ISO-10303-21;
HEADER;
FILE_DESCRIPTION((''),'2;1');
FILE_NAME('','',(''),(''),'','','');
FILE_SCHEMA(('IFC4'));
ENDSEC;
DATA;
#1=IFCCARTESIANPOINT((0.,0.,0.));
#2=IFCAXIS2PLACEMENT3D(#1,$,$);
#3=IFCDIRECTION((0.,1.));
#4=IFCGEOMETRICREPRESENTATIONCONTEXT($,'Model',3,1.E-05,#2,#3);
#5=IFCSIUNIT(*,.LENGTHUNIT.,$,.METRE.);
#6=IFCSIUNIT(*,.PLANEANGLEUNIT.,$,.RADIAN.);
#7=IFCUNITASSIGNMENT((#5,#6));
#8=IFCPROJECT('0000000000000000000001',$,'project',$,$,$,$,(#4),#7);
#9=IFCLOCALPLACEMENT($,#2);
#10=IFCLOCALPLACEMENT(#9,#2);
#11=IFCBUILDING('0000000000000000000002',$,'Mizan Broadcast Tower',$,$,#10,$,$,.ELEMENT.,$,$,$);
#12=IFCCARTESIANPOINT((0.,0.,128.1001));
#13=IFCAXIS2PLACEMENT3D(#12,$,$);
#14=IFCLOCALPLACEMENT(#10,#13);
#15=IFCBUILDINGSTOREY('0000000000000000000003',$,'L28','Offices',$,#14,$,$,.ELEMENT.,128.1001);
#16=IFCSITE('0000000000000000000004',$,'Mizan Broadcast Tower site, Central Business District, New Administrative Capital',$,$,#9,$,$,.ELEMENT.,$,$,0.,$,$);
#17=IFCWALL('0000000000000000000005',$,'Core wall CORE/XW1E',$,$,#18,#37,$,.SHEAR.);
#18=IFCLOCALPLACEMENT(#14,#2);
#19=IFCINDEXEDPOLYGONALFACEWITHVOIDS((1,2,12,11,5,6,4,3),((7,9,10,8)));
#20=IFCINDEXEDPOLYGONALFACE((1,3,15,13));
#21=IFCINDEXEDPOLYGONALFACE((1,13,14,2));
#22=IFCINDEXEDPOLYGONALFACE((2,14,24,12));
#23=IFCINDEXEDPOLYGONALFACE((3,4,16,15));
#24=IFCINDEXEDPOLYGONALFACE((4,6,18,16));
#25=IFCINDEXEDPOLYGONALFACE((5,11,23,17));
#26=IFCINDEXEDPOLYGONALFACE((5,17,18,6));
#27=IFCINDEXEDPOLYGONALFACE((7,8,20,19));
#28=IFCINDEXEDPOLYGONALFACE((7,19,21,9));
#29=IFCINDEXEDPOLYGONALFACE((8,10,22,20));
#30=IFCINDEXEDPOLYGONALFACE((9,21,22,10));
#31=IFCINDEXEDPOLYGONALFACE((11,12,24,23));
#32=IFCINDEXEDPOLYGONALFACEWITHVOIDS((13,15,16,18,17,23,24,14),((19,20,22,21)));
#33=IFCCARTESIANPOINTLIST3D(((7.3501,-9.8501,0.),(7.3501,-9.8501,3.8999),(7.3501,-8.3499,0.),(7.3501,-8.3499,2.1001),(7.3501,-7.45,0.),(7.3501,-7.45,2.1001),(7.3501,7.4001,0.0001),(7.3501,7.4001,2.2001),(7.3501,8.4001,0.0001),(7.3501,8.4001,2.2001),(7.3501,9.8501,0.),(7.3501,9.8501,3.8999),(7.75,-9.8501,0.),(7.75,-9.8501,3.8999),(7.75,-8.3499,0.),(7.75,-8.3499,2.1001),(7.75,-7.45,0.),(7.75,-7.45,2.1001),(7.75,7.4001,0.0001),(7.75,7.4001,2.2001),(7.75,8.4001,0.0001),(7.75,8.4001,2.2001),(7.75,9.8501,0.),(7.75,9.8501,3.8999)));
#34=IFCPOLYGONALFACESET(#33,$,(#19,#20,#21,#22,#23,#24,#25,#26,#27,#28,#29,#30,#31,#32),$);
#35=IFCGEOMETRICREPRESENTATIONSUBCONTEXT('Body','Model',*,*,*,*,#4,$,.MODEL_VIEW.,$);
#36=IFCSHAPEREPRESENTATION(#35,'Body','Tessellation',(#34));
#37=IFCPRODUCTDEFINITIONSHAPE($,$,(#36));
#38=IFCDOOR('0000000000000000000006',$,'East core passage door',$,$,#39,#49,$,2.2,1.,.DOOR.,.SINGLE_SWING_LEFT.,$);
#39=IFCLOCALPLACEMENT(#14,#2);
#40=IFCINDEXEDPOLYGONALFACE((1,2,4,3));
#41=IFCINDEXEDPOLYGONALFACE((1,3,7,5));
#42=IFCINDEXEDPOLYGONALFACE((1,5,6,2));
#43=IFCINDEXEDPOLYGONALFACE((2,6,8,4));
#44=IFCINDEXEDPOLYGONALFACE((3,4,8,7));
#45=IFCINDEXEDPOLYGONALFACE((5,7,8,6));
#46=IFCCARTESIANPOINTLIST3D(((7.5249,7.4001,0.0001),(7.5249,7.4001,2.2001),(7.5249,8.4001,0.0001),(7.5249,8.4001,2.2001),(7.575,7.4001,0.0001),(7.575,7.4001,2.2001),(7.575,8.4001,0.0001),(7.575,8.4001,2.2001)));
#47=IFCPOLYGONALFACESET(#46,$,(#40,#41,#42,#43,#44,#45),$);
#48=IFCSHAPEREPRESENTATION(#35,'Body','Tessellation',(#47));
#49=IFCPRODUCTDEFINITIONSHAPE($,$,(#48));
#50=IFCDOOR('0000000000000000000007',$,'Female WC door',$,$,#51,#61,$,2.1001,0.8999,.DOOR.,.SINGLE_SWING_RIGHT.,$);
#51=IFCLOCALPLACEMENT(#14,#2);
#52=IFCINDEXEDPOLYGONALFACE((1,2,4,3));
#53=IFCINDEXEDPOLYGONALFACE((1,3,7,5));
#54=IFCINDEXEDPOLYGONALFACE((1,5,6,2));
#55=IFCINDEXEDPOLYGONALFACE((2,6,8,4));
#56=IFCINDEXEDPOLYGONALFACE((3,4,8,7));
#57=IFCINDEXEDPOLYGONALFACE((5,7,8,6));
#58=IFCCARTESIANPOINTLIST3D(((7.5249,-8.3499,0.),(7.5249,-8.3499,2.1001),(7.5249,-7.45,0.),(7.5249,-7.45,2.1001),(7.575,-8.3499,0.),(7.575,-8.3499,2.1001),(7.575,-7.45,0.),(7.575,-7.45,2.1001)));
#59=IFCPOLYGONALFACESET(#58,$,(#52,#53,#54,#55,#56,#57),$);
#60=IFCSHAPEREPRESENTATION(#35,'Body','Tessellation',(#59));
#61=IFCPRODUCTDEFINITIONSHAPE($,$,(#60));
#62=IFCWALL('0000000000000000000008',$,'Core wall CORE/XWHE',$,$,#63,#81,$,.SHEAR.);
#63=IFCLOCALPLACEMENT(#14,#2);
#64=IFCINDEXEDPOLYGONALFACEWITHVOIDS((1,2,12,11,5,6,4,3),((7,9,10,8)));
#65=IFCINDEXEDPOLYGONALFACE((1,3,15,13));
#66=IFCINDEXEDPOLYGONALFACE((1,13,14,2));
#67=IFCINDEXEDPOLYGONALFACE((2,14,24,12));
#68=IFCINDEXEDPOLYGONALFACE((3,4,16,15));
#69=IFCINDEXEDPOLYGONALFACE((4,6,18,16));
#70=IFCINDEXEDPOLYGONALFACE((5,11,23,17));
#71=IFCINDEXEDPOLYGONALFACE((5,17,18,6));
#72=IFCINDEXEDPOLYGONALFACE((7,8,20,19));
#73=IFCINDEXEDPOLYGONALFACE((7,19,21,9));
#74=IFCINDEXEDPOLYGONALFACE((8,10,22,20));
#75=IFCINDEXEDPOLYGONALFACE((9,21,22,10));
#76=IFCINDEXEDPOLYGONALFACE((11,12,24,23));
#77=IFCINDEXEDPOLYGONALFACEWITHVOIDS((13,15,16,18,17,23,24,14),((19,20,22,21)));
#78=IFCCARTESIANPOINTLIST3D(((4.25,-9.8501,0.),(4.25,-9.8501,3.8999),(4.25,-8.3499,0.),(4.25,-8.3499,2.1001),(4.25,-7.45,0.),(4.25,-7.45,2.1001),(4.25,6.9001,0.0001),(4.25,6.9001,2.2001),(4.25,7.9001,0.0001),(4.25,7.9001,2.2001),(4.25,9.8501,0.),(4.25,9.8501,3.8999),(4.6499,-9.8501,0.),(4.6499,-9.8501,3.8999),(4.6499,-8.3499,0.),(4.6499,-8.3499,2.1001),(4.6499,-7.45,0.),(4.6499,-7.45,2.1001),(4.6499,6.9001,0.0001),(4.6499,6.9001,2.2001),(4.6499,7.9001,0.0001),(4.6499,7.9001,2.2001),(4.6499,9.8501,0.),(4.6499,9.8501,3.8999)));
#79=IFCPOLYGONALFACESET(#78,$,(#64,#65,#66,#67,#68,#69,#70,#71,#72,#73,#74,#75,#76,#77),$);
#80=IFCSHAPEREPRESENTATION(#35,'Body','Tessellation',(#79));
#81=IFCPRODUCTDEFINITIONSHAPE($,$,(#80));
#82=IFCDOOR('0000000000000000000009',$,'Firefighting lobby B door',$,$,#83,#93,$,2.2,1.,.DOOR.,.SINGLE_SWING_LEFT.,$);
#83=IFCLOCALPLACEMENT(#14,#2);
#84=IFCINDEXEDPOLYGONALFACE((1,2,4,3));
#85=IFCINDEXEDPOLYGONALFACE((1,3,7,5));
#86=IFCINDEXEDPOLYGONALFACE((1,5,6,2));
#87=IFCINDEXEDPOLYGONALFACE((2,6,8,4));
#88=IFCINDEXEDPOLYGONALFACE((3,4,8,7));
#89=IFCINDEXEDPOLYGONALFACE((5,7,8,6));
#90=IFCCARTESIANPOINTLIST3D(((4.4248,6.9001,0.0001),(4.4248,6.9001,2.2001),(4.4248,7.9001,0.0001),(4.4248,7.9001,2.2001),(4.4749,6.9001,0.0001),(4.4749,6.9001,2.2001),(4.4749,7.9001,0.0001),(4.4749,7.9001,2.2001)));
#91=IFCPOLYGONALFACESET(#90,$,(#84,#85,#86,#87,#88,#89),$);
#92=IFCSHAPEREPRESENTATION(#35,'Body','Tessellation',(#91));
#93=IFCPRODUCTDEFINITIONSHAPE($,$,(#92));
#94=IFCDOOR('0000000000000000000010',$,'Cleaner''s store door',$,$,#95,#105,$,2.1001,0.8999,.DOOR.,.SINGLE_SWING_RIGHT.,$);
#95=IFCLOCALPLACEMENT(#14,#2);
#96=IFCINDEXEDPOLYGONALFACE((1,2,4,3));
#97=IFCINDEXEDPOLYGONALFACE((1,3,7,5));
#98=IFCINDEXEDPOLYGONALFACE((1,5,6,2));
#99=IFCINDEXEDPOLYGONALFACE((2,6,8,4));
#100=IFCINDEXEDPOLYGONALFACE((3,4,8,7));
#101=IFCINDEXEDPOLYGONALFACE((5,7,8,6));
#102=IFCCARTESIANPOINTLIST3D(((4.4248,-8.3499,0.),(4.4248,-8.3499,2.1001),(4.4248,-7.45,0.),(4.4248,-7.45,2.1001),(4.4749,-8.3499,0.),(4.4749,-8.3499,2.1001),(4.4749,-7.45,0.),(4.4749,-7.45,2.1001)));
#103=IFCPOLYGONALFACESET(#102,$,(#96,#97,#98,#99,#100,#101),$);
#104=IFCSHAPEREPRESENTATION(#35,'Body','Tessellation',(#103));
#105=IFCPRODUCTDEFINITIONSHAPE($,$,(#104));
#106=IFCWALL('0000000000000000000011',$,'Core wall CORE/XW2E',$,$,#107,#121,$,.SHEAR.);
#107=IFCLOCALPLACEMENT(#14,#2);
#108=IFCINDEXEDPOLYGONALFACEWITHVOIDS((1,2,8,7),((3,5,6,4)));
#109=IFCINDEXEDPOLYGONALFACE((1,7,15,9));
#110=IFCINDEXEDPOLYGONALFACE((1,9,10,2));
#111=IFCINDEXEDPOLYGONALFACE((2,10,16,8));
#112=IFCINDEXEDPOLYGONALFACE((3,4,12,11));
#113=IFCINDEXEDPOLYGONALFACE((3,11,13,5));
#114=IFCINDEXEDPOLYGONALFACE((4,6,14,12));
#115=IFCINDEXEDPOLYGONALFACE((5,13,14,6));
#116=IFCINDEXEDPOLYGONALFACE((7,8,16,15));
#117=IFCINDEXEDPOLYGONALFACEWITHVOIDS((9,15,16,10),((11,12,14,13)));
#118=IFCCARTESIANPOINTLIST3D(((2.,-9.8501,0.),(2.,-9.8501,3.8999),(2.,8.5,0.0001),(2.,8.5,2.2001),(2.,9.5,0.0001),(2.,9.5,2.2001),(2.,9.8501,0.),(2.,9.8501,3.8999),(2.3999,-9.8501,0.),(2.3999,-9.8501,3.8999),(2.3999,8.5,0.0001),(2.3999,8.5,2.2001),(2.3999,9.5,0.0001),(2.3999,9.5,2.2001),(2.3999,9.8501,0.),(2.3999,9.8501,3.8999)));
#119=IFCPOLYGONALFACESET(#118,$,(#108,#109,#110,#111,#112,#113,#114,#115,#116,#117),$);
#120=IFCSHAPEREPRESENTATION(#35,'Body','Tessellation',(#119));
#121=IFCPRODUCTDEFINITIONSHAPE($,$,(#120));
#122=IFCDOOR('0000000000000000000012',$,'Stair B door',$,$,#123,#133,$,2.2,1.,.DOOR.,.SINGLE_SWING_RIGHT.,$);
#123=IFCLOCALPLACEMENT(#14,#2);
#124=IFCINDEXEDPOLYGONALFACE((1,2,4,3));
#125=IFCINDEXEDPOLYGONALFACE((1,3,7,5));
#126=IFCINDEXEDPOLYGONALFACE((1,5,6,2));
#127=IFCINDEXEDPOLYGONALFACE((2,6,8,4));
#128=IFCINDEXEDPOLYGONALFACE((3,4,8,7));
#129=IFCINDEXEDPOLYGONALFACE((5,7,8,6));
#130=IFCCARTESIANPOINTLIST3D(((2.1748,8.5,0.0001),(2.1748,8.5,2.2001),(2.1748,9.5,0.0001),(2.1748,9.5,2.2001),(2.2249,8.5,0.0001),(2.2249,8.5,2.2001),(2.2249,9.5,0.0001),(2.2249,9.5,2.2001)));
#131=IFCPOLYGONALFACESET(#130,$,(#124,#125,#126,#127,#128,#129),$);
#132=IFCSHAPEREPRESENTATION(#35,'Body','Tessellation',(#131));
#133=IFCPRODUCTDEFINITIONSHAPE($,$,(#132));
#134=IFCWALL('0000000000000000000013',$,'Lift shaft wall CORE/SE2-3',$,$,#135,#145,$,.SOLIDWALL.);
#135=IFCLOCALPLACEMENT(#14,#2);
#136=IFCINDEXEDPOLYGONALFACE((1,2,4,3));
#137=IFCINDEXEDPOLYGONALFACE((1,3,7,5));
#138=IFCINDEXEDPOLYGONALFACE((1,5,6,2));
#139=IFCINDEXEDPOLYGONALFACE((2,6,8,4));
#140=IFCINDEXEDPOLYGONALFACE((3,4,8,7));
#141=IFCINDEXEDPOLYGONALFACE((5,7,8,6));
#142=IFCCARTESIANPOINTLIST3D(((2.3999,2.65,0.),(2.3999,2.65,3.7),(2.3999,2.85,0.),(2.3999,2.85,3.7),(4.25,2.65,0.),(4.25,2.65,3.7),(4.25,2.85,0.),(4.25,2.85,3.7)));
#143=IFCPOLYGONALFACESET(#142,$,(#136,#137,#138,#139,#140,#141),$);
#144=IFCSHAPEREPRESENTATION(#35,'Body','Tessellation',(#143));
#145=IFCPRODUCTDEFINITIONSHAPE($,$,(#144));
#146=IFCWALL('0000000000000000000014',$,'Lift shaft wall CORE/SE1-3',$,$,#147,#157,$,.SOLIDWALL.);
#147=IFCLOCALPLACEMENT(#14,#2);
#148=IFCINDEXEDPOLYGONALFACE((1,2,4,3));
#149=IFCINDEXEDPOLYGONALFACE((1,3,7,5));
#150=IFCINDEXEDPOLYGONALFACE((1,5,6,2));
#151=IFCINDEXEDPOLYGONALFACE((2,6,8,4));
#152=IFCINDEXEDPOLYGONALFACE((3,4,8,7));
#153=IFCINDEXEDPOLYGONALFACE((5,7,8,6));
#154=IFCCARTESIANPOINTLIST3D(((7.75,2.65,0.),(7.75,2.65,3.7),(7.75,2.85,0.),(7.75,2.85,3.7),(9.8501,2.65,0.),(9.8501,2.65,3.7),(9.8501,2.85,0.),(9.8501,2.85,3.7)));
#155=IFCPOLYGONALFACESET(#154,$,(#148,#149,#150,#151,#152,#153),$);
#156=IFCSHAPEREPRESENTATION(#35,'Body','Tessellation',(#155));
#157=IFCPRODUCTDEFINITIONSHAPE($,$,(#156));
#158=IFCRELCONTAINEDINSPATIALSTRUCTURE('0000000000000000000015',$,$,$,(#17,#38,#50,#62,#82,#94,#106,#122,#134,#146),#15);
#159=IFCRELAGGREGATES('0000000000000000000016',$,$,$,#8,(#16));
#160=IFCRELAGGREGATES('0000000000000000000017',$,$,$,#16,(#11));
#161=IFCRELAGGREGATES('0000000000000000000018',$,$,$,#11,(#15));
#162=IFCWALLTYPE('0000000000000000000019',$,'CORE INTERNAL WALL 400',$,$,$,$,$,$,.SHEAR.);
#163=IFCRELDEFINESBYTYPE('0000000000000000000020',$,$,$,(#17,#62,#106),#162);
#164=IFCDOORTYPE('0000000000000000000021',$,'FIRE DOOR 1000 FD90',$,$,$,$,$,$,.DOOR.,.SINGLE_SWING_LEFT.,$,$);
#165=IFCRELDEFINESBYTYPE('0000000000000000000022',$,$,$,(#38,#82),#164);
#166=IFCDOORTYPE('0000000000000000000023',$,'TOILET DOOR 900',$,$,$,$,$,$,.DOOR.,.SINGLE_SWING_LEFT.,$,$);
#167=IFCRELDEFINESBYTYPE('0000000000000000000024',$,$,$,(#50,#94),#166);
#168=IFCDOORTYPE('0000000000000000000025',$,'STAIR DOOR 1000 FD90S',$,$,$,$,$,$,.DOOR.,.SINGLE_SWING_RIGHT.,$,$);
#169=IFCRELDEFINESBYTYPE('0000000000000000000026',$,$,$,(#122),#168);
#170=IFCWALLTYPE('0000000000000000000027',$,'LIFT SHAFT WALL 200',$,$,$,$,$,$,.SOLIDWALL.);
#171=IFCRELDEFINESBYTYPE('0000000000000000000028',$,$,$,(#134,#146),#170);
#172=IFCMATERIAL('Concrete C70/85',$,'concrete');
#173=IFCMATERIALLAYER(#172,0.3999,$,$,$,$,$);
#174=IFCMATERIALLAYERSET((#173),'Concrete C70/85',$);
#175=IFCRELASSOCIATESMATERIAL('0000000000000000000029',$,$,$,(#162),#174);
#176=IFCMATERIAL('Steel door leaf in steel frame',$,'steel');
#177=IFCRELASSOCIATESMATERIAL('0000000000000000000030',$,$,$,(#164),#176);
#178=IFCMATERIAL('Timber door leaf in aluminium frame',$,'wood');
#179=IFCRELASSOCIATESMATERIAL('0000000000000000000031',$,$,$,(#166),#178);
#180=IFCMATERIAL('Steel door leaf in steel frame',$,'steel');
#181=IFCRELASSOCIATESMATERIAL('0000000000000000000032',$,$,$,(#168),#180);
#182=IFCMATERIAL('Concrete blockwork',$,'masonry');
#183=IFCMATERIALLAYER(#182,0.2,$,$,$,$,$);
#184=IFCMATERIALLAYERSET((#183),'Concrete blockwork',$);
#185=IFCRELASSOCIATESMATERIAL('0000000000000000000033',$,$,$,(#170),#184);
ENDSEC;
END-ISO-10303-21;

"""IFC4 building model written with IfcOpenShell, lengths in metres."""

from ifc_helpers import new_model, si_unit, direction, frame, frame_2d, origin, place, context, subcontext, project, spatial, rectangle, extrude, material, layer, layer_set, type_object, element, fill, save


model = new_model("IFC4")

# Units and contexts
model_context = context("Model", 3, precision=1e-05, world=origin(), true_north=direction((0.0, 1.0)))
body_context = subcontext(model_context, "Body", "Model", "MODEL_VIEW")
ifc_project = project(units=[si_unit("LENGTHUNIT", "METRE"), si_unit("PLANEANGLEUNIT", "RADIAN")], contexts=[model_context])

# Site, building, storey
site_placement = place(None, origin())
site = spatial("IfcSite", under=ifc_project, at=site_placement, Name="Mizan Broadcast Tower site, Central Business District, New Administrative Capital", CompositionType="ELEMENT", RefElevation=0.0)
building_placement = place(site_placement, origin())
building = spatial("IfcBuilding", under=site, at=building_placement, Name="Mizan Broadcast Tower", CompositionType="ELEMENT")
storey_placement = place(building_placement, frame((0.0, 0.0, 128.1001)))
storey = spatial("IfcBuildingStorey", under=building, at=storey_placement, Name="L28", Description="Offices", CompositionType="ELEMENT", Elevation=128.1001)

# Walls, openings, doors
ifc_material_1 = material(Name="Concrete C70/85", Category="concrete")
ifc_layer_1 = layer(ifc_material_1, 0.3999)
ifc_layer_set_1 = layer_set([ifc_layer_1], Name="Concrete C70/85")
wall_type_1 = type_object("IfcWallType", Name="CORE INTERNAL WALL 400", PredefinedType="SHEAR", material=ifc_layer_set_1)
wall_1_placement = place(storey_placement, frame((7.55, 9.8501, 0.0), z_axis=(0.0, 0.0, 1.0), x_axis=(0.0, -1.0, 0.0)))
wall_1 = element("IfcWall", 1, at=wall_1_placement, inside=storey, type_object=wall_type_1, Name="Core wall CORE/XW1E", PredefinedType="SHEAR", context=body_context, shape_type="SweptSolid", body=[
    extrude(rectangle(XDim=19.7002, YDim=0.3999, at=frame_2d((9.8501, 0.0))), origin(), (0.0, 0.0, 1.0), 3.8999),
])
opening_1_placement = place(wall_1_placement, frame((1.45, 0.0, 0.0)))
opening_1 = element("IfcOpeningElement", 2, at=opening_1_placement, cuts=wall_1, PredefinedType="OPENING", context=body_context, shape_type="SweptSolid", body=[
    extrude(rectangle(XDim=1.0, YDim=2.2, at=frame_2d((0.5, 1.1001))), frame((0.0, 0.21, 0.0), z_axis=(0.0, -1.0, 0.0), x_axis=(1.0, 0.0, 0.0)), (0.0, 0.0, 1.0), 0.4199),
])
opening_2_placement = place(wall_1_placement, frame((17.3, 0.0, 0.0)))
opening_2 = element("IfcOpeningElement", 3, at=opening_2_placement, cuts=wall_1, PredefinedType="OPENING", context=body_context, shape_type="SweptSolid", body=[
    extrude(rectangle(XDim=0.8999, YDim=2.1001, at=frame_2d((0.45, 1.05))), frame((0.0, 0.21, 0.0), z_axis=(0.0, -1.0, 0.0), x_axis=(1.0, 0.0, 0.0)), (0.0, 0.0, 1.0), 0.4199),
])
ifc_material_2 = material(Name="Steel door leaf in steel frame", Category="steel")
door_type_1 = type_object("IfcDoorType", Name="FIRE DOOR 1000 FD90", OperationType="SINGLE_SWING_LEFT", PredefinedType="DOOR", material=ifc_material_2)
door_1_placement = place(opening_1_placement, origin())
door_1 = element("IfcDoor", 4, at=door_1_placement, inside=storey, type_object=door_type_1, Name="East core passage door", OperationType="SINGLE_SWING_LEFT", OverallHeight=2.2, OverallWidth=1.0, PredefinedType="DOOR", context=body_context, shape_type="SweptSolid", body=[
    extrude(rectangle(XDim=1.0, YDim=2.2, at=frame_2d((0.5, 1.1001))), frame((0.0, 0.0249, 0.0), z_axis=(0.0, -1.0, 0.0), x_axis=(1.0, 0.0, 0.0)), (0.0, 0.0, 1.0), 0.05),
])
fill(opening_1, door_1)
ifc_material_3 = material(Name="Timber door leaf in aluminium frame", Category="wood")
door_type_2 = type_object("IfcDoorType", Name="TOILET DOOR 900", OperationType="SINGLE_SWING_LEFT", PredefinedType="DOOR", material=ifc_material_3)
door_2_placement = place(opening_2_placement, origin())
door_2 = element("IfcDoor", 5, at=door_2_placement, inside=storey, type_object=door_type_2, Name="Female WC door", OperationType="SINGLE_SWING_RIGHT", OverallHeight=2.1001, OverallWidth=0.8999, PredefinedType="DOOR", context=body_context, shape_type="SweptSolid", body=[
    extrude(rectangle(XDim=0.8999, YDim=2.1001, at=frame_2d((0.45, 1.05))), frame((0.0, 0.0249, 0.0), z_axis=(0.0, -1.0, 0.0), x_axis=(1.0, 0.0, 0.0)), (0.0, 0.0, 1.0), 0.05),
])
fill(opening_2, door_2)
wall_2_placement = place(storey_placement, frame((4.45, 9.8501, 0.0), z_axis=(0.0, 0.0, 1.0), x_axis=(0.0, -1.0, 0.0)))
wall_2 = element("IfcWall", 6, at=wall_2_placement, inside=storey, type_object=wall_type_1, Name="Core wall CORE/XWHE", PredefinedType="SHEAR", context=body_context, shape_type="SweptSolid", body=[
    extrude(rectangle(XDim=19.7002, YDim=0.3999, at=frame_2d((9.8501, 0.0))), origin(), (0.0, 0.0, 1.0), 3.8999),
])
opening_3_placement = place(wall_2_placement, frame((1.95, 0.0, 0.0)))
opening_3 = element("IfcOpeningElement", 7, at=opening_3_placement, cuts=wall_2, PredefinedType="OPENING", context=body_context, shape_type="SweptSolid", body=[
    extrude(rectangle(XDim=1.0, YDim=2.2, at=frame_2d((0.5, 1.1001))), frame((0.0, 0.21, 0.0), z_axis=(0.0, -1.0, 0.0), x_axis=(1.0, 0.0, 0.0)), (0.0, 0.0, 1.0), 0.4199),
])
opening_4_placement = place(wall_2_placement, frame((17.3, 0.0, 0.0)))
opening_4 = element("IfcOpeningElement", 8, at=opening_4_placement, cuts=wall_2, PredefinedType="OPENING", context=body_context, shape_type="SweptSolid", body=[
    extrude(rectangle(XDim=0.8999, YDim=2.1001, at=frame_2d((0.45, 1.05))), frame((0.0, 0.21, 0.0), z_axis=(0.0, -1.0, 0.0), x_axis=(1.0, 0.0, 0.0)), (0.0, 0.0, 1.0), 0.4199),
])
door_3_placement = place(opening_3_placement, origin())
door_3 = element("IfcDoor", 9, at=door_3_placement, inside=storey, type_object=door_type_1, Name="Firefighting lobby B door", OperationType="SINGLE_SWING_LEFT", OverallHeight=2.2, OverallWidth=1.0, PredefinedType="DOOR", context=body_context, shape_type="SweptSolid", body=[
    extrude(rectangle(XDim=1.0, YDim=2.2, at=frame_2d((0.5, 1.1001))), frame((0.0, 0.0249, 0.0), z_axis=(0.0, -1.0, 0.0), x_axis=(1.0, 0.0, 0.0)), (0.0, 0.0, 1.0), 0.05),
])
fill(opening_3, door_3)
door_4_placement = place(opening_4_placement, origin())
door_4 = element("IfcDoor", 10, at=door_4_placement, inside=storey, type_object=door_type_2, Name="Cleaner's store door", OperationType="SINGLE_SWING_RIGHT", OverallHeight=2.1001, OverallWidth=0.8999, PredefinedType="DOOR", context=body_context, shape_type="SweptSolid", body=[
    extrude(rectangle(XDim=0.8999, YDim=2.1001, at=frame_2d((0.45, 1.05))), frame((0.0, 0.0249, 0.0), z_axis=(0.0, -1.0, 0.0), x_axis=(1.0, 0.0, 0.0)), (0.0, 0.0, 1.0), 0.05),
])
fill(opening_4, door_4)

# Wall, opening, door
wall_3_placement = place(storey_placement, frame((2.2, 9.8501, 0.0), z_axis=(0.0, 0.0, 1.0), x_axis=(0.0, -1.0, 0.0)))
wall_3 = element("IfcWall", 11, at=wall_3_placement, inside=storey, type_object=wall_type_1, Name="Core wall CORE/XW2E", PredefinedType="SHEAR", context=body_context, shape_type="SweptSolid", body=[
    extrude(rectangle(XDim=19.7002, YDim=0.3999, at=frame_2d((9.8501, 0.0))), origin(), (0.0, 0.0, 1.0), 3.8999),
])
opening_5_placement = place(wall_3_placement, frame((0.3501, 0.0, 0.0)))
opening_5 = element("IfcOpeningElement", 12, at=opening_5_placement, cuts=wall_3, PredefinedType="OPENING", context=body_context, shape_type="SweptSolid", body=[
    extrude(rectangle(XDim=1.0, YDim=2.2, at=frame_2d((0.5, 1.1001))), frame((0.0, 0.21, 0.0), z_axis=(0.0, -1.0, 0.0), x_axis=(1.0, 0.0, 0.0)), (0.0, 0.0, 1.0), 0.4199),
])
ifc_material_4 = material(Name="Steel door leaf in steel frame", Category="steel")
door_type_3 = type_object("IfcDoorType", Name="STAIR DOOR 1000 FD90S", OperationType="SINGLE_SWING_RIGHT", PredefinedType="DOOR", material=ifc_material_4)
door_5_placement = place(opening_5_placement, origin())
door_5 = element("IfcDoor", 13, at=door_5_placement, inside=storey, type_object=door_type_3, Name="Stair B door", OperationType="SINGLE_SWING_RIGHT", OverallHeight=2.2, OverallWidth=1.0, PredefinedType="DOOR", context=body_context, shape_type="SweptSolid", body=[
    extrude(rectangle(XDim=1.0, YDim=2.2, at=frame_2d((0.5, 1.1001))), frame((0.0, 0.0249, 0.0), z_axis=(0.0, -1.0, 0.0), x_axis=(1.0, 0.0, 0.0)), (0.0, 0.0, 1.0), 0.05),
])
fill(opening_5, door_5)

# Walls
ifc_material_5 = material(Name="Concrete blockwork", Category="masonry")
ifc_layer_2 = layer(ifc_material_5, 0.2)
ifc_layer_set_2 = layer_set([ifc_layer_2], Name="Concrete blockwork")
wall_type_2 = type_object("IfcWallType", Name="LIFT SHAFT WALL 200", PredefinedType="SOLIDWALL", material=ifc_layer_set_2)
wall_4_placement = place(storey_placement, frame((2.3999, 2.75, 0.0), z_axis=(0.0, 0.0, 1.0), x_axis=(1.0, 0.0, 0.0)))
element("IfcWall", 14, at=wall_4_placement, inside=storey, type_object=wall_type_2, Name="Lift shaft wall CORE/SE2-3", PredefinedType="SOLIDWALL", context=body_context, shape_type="SweptSolid", body=[
    extrude(rectangle(XDim=1.8501, YDim=0.2, at=frame_2d((0.925, 0.0))), origin(), (0.0, 0.0, 1.0), 3.7),
])
wall_5_placement = place(storey_placement, frame((7.75, 2.75, 0.0), z_axis=(0.0, 0.0, 1.0), x_axis=(1.0, 0.0, 0.0)))
element("IfcWall", 15, at=wall_5_placement, inside=storey, type_object=wall_type_2, Name="Lift shaft wall CORE/SE1-3", PredefinedType="SOLIDWALL", context=body_context, shape_type="SweptSolid", body=[
    extrude(rectangle(XDim=2.1001, YDim=0.2, at=frame_2d((1.05, 0.0))), origin(), (0.0, 0.0, 1.0), 3.7),
])

save(model, "model.ifc")
